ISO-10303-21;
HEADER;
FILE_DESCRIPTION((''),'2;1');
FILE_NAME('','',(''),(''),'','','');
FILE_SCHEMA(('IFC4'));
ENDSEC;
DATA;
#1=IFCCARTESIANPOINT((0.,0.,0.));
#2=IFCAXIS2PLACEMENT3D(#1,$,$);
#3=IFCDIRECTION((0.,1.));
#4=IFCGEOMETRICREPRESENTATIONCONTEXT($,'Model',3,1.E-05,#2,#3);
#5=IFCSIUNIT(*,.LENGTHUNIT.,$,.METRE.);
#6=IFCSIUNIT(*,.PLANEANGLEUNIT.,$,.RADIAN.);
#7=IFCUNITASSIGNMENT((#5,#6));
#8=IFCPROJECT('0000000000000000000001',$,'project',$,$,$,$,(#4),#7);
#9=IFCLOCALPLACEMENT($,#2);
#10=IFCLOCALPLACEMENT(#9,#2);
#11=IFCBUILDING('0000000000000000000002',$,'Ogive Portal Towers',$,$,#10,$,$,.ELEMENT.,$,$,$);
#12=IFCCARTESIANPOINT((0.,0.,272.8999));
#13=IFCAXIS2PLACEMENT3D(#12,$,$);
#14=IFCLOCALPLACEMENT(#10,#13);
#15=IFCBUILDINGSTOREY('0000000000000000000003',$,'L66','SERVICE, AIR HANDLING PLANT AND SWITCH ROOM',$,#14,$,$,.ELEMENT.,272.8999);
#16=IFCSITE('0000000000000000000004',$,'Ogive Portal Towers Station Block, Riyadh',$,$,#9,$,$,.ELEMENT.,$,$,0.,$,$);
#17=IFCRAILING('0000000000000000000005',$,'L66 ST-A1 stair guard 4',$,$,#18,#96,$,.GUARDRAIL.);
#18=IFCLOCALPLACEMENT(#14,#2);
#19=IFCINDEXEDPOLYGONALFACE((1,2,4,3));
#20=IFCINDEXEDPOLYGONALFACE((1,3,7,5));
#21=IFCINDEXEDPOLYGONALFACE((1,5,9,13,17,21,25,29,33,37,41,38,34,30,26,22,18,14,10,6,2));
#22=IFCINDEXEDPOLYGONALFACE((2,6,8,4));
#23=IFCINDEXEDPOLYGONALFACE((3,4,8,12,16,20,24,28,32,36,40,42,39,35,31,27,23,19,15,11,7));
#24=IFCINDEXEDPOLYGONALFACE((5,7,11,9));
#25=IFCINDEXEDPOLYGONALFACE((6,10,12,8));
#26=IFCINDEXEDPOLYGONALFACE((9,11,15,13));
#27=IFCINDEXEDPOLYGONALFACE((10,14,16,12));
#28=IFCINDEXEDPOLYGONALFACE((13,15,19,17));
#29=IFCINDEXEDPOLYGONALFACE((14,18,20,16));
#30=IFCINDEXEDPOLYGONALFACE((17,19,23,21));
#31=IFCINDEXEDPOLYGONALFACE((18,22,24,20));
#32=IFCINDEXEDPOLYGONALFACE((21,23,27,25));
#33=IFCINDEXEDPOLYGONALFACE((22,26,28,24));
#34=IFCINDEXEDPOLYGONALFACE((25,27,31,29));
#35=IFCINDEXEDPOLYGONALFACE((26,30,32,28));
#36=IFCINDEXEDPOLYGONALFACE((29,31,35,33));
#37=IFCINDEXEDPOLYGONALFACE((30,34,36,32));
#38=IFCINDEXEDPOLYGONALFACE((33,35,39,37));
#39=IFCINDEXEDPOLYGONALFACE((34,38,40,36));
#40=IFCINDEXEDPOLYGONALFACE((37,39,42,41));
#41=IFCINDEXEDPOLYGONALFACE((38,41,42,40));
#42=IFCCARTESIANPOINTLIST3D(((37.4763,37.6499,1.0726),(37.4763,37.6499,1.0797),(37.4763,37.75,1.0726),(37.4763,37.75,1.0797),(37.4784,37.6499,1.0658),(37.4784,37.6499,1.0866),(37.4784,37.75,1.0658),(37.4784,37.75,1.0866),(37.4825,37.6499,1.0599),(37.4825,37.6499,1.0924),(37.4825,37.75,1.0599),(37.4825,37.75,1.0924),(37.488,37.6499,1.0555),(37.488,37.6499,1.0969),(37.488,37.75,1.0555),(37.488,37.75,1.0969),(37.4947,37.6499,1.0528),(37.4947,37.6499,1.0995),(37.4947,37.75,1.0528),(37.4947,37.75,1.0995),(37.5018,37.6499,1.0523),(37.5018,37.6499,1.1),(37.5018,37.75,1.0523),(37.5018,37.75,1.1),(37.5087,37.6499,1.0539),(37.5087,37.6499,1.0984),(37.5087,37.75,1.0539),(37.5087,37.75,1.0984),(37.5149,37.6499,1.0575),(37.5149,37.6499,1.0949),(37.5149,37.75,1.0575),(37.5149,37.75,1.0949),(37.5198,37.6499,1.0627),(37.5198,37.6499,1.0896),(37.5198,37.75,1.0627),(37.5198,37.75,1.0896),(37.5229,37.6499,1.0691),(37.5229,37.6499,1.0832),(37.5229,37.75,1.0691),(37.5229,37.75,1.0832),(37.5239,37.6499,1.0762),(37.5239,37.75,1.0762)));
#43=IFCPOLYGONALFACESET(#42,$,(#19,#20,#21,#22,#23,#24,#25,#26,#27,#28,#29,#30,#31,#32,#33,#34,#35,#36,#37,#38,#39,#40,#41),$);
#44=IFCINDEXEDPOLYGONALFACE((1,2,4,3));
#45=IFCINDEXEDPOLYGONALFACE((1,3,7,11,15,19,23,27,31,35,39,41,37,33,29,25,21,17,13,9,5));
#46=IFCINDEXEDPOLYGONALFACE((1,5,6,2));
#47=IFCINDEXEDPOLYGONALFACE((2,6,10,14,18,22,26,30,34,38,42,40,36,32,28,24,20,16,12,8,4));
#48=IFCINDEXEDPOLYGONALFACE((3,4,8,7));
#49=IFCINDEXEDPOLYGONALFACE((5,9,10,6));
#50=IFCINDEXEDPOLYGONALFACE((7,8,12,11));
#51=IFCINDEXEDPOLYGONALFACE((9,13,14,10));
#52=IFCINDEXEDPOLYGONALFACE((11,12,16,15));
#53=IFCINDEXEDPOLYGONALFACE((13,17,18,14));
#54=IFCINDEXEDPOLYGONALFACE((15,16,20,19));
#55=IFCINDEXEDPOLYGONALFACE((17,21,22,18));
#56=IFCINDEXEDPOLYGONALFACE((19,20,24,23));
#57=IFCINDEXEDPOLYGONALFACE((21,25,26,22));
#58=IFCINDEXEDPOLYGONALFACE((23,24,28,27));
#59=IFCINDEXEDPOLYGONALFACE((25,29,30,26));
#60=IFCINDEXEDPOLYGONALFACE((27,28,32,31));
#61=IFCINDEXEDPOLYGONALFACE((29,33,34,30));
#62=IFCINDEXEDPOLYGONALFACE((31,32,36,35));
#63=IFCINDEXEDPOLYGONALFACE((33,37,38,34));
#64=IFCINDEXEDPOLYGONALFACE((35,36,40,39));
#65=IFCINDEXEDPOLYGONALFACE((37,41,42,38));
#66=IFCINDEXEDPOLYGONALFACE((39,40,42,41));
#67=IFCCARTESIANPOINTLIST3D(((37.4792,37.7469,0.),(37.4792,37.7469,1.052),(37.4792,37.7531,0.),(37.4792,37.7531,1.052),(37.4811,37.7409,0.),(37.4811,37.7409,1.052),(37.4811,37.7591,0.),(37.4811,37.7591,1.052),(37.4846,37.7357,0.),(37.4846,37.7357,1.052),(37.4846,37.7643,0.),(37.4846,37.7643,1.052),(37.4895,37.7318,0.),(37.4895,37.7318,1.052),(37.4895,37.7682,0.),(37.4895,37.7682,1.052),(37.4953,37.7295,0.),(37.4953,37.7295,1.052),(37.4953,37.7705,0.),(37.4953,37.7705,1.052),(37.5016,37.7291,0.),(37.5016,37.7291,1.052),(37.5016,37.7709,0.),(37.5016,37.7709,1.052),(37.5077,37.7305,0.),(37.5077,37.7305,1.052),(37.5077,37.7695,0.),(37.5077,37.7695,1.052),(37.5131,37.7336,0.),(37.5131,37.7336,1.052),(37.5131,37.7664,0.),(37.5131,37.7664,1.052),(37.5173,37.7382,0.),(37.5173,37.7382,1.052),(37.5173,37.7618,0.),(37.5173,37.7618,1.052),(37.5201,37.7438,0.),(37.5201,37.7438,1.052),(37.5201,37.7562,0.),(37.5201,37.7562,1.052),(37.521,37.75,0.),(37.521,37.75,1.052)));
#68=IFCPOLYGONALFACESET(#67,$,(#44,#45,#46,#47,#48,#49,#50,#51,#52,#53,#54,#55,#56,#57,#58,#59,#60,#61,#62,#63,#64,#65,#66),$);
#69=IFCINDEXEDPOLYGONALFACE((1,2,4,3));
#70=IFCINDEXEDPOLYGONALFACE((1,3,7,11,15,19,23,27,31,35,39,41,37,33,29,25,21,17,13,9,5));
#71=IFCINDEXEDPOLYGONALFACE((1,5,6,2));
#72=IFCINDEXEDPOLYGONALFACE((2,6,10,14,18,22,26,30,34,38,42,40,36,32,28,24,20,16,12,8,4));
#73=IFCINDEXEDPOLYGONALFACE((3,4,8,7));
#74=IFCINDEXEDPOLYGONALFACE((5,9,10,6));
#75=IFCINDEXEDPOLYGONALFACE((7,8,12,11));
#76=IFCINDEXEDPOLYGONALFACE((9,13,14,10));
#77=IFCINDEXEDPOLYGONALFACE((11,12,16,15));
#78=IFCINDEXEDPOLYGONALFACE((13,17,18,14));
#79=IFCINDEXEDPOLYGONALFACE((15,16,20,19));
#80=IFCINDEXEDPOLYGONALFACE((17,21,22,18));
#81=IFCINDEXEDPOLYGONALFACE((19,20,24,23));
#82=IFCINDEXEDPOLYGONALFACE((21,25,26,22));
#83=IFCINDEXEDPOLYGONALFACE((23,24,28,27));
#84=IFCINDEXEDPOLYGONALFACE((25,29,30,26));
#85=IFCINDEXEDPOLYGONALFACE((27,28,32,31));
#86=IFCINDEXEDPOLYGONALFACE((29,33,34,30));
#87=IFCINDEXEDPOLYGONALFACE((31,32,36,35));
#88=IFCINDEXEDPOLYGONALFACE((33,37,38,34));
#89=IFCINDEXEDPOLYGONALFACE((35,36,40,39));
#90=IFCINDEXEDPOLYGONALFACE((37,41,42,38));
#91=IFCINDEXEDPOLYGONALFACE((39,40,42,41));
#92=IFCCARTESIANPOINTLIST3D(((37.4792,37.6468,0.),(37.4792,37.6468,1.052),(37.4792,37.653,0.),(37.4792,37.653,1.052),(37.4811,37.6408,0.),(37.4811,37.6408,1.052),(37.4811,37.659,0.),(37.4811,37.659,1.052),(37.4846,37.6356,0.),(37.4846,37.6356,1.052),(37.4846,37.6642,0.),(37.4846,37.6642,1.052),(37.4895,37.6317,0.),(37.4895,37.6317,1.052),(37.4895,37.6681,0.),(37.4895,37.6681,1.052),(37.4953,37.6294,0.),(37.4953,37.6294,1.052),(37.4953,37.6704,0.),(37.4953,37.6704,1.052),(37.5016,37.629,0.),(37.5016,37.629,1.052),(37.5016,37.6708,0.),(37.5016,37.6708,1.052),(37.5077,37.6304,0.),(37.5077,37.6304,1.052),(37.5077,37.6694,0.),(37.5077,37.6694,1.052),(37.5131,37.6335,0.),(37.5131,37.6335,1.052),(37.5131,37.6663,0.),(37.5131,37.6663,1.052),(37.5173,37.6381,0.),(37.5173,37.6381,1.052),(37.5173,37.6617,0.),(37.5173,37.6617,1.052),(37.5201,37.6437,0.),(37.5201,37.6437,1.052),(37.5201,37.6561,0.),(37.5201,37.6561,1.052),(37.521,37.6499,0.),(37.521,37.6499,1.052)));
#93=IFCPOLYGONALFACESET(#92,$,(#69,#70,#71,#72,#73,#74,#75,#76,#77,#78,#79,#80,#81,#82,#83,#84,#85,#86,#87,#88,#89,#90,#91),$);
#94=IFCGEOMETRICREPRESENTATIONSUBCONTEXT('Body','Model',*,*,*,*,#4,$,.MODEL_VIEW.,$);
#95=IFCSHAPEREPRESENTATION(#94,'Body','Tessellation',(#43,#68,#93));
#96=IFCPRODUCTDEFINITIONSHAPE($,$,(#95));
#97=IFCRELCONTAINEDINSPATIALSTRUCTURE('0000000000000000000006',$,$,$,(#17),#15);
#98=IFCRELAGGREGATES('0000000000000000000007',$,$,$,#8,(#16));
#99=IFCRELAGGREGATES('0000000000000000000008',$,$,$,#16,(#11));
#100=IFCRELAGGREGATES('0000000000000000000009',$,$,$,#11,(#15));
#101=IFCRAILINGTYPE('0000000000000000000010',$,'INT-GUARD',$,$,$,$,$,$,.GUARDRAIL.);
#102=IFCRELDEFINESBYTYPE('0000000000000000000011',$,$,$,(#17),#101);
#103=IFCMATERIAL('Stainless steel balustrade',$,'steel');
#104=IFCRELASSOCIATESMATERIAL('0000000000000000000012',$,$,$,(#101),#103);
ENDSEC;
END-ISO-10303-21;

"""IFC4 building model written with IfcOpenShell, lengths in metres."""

from ifc_helpers import new_model, si_unit, direction, frame, origin, origin_2d, place, context, subcontext, project, spatial, circle, extrude, material, type_object, element, save


model = new_model("IFC4")

# Units and contexts
model_context = context("Model", 3, precision=1e-05, world=origin(), true_north=direction((0.0, 1.0)))
body_context = subcontext(model_context, "Body", "Model", "MODEL_VIEW")
ifc_project = project(units=[si_unit("LENGTHUNIT", "METRE"), si_unit("PLANEANGLEUNIT", "RADIAN")], contexts=[model_context])

# Site, building, storey
site_placement = place(None, origin())
site = spatial("IfcSite", under=ifc_project, at=site_placement, Name="Ogive Portal Towers Station Block, Riyadh", CompositionType="ELEMENT", RefElevation=0.0)
building_placement = place(site_placement, origin())
building = spatial("IfcBuilding", under=site, at=building_placement, Name="Ogive Portal Towers", CompositionType="ELEMENT")
storey_placement = place(building_placement, frame((0.0, 0.0, 272.8999)))
storey = spatial("IfcBuildingStorey", under=building, at=storey_placement, Name="L66", Description="SERVICE, AIR HANDLING PLANT AND SWITCH ROOM", CompositionType="ELEMENT", Elevation=272.8999)

# Railing
ifc_material_1 = material(Name="Stainless steel balustrade", Category="steel")
railing_type_1 = type_object("IfcRailingType", Name="INT-GUARD", PredefinedType="GUARDRAIL", material=ifc_material_1)
railing_1_placement = place(storey_placement, frame((37.5, 37.75, 0.0)))
element("IfcRailing", 1, at=railing_1_placement, inside=storey, type_object=railing_type_1, Name="L66 ST-A1 stair guard 4", PredefinedType="GUARDRAIL", context=body_context, shape_type="SweptSolid", body=[
    extrude(circle(Radius=0.0239, at=origin_2d()), frame((0.0, 0.0, 1.0762), z_axis=(0.0, -1.0, 0.0), x_axis=(1.0, 0.0, 0.0)), (0.0, 0.0, 1.0), 0.1001),
    extrude(circle(Radius=0.021, at=origin_2d()), origin(), (0.0, 0.0, 1.0), 1.052),
    extrude(circle(Radius=0.021, at=origin_2d()), frame((0.0, -0.1001, 0.0)), (0.0, 0.0, 1.0), 1.052),
])

save(model, "model.ifc")
